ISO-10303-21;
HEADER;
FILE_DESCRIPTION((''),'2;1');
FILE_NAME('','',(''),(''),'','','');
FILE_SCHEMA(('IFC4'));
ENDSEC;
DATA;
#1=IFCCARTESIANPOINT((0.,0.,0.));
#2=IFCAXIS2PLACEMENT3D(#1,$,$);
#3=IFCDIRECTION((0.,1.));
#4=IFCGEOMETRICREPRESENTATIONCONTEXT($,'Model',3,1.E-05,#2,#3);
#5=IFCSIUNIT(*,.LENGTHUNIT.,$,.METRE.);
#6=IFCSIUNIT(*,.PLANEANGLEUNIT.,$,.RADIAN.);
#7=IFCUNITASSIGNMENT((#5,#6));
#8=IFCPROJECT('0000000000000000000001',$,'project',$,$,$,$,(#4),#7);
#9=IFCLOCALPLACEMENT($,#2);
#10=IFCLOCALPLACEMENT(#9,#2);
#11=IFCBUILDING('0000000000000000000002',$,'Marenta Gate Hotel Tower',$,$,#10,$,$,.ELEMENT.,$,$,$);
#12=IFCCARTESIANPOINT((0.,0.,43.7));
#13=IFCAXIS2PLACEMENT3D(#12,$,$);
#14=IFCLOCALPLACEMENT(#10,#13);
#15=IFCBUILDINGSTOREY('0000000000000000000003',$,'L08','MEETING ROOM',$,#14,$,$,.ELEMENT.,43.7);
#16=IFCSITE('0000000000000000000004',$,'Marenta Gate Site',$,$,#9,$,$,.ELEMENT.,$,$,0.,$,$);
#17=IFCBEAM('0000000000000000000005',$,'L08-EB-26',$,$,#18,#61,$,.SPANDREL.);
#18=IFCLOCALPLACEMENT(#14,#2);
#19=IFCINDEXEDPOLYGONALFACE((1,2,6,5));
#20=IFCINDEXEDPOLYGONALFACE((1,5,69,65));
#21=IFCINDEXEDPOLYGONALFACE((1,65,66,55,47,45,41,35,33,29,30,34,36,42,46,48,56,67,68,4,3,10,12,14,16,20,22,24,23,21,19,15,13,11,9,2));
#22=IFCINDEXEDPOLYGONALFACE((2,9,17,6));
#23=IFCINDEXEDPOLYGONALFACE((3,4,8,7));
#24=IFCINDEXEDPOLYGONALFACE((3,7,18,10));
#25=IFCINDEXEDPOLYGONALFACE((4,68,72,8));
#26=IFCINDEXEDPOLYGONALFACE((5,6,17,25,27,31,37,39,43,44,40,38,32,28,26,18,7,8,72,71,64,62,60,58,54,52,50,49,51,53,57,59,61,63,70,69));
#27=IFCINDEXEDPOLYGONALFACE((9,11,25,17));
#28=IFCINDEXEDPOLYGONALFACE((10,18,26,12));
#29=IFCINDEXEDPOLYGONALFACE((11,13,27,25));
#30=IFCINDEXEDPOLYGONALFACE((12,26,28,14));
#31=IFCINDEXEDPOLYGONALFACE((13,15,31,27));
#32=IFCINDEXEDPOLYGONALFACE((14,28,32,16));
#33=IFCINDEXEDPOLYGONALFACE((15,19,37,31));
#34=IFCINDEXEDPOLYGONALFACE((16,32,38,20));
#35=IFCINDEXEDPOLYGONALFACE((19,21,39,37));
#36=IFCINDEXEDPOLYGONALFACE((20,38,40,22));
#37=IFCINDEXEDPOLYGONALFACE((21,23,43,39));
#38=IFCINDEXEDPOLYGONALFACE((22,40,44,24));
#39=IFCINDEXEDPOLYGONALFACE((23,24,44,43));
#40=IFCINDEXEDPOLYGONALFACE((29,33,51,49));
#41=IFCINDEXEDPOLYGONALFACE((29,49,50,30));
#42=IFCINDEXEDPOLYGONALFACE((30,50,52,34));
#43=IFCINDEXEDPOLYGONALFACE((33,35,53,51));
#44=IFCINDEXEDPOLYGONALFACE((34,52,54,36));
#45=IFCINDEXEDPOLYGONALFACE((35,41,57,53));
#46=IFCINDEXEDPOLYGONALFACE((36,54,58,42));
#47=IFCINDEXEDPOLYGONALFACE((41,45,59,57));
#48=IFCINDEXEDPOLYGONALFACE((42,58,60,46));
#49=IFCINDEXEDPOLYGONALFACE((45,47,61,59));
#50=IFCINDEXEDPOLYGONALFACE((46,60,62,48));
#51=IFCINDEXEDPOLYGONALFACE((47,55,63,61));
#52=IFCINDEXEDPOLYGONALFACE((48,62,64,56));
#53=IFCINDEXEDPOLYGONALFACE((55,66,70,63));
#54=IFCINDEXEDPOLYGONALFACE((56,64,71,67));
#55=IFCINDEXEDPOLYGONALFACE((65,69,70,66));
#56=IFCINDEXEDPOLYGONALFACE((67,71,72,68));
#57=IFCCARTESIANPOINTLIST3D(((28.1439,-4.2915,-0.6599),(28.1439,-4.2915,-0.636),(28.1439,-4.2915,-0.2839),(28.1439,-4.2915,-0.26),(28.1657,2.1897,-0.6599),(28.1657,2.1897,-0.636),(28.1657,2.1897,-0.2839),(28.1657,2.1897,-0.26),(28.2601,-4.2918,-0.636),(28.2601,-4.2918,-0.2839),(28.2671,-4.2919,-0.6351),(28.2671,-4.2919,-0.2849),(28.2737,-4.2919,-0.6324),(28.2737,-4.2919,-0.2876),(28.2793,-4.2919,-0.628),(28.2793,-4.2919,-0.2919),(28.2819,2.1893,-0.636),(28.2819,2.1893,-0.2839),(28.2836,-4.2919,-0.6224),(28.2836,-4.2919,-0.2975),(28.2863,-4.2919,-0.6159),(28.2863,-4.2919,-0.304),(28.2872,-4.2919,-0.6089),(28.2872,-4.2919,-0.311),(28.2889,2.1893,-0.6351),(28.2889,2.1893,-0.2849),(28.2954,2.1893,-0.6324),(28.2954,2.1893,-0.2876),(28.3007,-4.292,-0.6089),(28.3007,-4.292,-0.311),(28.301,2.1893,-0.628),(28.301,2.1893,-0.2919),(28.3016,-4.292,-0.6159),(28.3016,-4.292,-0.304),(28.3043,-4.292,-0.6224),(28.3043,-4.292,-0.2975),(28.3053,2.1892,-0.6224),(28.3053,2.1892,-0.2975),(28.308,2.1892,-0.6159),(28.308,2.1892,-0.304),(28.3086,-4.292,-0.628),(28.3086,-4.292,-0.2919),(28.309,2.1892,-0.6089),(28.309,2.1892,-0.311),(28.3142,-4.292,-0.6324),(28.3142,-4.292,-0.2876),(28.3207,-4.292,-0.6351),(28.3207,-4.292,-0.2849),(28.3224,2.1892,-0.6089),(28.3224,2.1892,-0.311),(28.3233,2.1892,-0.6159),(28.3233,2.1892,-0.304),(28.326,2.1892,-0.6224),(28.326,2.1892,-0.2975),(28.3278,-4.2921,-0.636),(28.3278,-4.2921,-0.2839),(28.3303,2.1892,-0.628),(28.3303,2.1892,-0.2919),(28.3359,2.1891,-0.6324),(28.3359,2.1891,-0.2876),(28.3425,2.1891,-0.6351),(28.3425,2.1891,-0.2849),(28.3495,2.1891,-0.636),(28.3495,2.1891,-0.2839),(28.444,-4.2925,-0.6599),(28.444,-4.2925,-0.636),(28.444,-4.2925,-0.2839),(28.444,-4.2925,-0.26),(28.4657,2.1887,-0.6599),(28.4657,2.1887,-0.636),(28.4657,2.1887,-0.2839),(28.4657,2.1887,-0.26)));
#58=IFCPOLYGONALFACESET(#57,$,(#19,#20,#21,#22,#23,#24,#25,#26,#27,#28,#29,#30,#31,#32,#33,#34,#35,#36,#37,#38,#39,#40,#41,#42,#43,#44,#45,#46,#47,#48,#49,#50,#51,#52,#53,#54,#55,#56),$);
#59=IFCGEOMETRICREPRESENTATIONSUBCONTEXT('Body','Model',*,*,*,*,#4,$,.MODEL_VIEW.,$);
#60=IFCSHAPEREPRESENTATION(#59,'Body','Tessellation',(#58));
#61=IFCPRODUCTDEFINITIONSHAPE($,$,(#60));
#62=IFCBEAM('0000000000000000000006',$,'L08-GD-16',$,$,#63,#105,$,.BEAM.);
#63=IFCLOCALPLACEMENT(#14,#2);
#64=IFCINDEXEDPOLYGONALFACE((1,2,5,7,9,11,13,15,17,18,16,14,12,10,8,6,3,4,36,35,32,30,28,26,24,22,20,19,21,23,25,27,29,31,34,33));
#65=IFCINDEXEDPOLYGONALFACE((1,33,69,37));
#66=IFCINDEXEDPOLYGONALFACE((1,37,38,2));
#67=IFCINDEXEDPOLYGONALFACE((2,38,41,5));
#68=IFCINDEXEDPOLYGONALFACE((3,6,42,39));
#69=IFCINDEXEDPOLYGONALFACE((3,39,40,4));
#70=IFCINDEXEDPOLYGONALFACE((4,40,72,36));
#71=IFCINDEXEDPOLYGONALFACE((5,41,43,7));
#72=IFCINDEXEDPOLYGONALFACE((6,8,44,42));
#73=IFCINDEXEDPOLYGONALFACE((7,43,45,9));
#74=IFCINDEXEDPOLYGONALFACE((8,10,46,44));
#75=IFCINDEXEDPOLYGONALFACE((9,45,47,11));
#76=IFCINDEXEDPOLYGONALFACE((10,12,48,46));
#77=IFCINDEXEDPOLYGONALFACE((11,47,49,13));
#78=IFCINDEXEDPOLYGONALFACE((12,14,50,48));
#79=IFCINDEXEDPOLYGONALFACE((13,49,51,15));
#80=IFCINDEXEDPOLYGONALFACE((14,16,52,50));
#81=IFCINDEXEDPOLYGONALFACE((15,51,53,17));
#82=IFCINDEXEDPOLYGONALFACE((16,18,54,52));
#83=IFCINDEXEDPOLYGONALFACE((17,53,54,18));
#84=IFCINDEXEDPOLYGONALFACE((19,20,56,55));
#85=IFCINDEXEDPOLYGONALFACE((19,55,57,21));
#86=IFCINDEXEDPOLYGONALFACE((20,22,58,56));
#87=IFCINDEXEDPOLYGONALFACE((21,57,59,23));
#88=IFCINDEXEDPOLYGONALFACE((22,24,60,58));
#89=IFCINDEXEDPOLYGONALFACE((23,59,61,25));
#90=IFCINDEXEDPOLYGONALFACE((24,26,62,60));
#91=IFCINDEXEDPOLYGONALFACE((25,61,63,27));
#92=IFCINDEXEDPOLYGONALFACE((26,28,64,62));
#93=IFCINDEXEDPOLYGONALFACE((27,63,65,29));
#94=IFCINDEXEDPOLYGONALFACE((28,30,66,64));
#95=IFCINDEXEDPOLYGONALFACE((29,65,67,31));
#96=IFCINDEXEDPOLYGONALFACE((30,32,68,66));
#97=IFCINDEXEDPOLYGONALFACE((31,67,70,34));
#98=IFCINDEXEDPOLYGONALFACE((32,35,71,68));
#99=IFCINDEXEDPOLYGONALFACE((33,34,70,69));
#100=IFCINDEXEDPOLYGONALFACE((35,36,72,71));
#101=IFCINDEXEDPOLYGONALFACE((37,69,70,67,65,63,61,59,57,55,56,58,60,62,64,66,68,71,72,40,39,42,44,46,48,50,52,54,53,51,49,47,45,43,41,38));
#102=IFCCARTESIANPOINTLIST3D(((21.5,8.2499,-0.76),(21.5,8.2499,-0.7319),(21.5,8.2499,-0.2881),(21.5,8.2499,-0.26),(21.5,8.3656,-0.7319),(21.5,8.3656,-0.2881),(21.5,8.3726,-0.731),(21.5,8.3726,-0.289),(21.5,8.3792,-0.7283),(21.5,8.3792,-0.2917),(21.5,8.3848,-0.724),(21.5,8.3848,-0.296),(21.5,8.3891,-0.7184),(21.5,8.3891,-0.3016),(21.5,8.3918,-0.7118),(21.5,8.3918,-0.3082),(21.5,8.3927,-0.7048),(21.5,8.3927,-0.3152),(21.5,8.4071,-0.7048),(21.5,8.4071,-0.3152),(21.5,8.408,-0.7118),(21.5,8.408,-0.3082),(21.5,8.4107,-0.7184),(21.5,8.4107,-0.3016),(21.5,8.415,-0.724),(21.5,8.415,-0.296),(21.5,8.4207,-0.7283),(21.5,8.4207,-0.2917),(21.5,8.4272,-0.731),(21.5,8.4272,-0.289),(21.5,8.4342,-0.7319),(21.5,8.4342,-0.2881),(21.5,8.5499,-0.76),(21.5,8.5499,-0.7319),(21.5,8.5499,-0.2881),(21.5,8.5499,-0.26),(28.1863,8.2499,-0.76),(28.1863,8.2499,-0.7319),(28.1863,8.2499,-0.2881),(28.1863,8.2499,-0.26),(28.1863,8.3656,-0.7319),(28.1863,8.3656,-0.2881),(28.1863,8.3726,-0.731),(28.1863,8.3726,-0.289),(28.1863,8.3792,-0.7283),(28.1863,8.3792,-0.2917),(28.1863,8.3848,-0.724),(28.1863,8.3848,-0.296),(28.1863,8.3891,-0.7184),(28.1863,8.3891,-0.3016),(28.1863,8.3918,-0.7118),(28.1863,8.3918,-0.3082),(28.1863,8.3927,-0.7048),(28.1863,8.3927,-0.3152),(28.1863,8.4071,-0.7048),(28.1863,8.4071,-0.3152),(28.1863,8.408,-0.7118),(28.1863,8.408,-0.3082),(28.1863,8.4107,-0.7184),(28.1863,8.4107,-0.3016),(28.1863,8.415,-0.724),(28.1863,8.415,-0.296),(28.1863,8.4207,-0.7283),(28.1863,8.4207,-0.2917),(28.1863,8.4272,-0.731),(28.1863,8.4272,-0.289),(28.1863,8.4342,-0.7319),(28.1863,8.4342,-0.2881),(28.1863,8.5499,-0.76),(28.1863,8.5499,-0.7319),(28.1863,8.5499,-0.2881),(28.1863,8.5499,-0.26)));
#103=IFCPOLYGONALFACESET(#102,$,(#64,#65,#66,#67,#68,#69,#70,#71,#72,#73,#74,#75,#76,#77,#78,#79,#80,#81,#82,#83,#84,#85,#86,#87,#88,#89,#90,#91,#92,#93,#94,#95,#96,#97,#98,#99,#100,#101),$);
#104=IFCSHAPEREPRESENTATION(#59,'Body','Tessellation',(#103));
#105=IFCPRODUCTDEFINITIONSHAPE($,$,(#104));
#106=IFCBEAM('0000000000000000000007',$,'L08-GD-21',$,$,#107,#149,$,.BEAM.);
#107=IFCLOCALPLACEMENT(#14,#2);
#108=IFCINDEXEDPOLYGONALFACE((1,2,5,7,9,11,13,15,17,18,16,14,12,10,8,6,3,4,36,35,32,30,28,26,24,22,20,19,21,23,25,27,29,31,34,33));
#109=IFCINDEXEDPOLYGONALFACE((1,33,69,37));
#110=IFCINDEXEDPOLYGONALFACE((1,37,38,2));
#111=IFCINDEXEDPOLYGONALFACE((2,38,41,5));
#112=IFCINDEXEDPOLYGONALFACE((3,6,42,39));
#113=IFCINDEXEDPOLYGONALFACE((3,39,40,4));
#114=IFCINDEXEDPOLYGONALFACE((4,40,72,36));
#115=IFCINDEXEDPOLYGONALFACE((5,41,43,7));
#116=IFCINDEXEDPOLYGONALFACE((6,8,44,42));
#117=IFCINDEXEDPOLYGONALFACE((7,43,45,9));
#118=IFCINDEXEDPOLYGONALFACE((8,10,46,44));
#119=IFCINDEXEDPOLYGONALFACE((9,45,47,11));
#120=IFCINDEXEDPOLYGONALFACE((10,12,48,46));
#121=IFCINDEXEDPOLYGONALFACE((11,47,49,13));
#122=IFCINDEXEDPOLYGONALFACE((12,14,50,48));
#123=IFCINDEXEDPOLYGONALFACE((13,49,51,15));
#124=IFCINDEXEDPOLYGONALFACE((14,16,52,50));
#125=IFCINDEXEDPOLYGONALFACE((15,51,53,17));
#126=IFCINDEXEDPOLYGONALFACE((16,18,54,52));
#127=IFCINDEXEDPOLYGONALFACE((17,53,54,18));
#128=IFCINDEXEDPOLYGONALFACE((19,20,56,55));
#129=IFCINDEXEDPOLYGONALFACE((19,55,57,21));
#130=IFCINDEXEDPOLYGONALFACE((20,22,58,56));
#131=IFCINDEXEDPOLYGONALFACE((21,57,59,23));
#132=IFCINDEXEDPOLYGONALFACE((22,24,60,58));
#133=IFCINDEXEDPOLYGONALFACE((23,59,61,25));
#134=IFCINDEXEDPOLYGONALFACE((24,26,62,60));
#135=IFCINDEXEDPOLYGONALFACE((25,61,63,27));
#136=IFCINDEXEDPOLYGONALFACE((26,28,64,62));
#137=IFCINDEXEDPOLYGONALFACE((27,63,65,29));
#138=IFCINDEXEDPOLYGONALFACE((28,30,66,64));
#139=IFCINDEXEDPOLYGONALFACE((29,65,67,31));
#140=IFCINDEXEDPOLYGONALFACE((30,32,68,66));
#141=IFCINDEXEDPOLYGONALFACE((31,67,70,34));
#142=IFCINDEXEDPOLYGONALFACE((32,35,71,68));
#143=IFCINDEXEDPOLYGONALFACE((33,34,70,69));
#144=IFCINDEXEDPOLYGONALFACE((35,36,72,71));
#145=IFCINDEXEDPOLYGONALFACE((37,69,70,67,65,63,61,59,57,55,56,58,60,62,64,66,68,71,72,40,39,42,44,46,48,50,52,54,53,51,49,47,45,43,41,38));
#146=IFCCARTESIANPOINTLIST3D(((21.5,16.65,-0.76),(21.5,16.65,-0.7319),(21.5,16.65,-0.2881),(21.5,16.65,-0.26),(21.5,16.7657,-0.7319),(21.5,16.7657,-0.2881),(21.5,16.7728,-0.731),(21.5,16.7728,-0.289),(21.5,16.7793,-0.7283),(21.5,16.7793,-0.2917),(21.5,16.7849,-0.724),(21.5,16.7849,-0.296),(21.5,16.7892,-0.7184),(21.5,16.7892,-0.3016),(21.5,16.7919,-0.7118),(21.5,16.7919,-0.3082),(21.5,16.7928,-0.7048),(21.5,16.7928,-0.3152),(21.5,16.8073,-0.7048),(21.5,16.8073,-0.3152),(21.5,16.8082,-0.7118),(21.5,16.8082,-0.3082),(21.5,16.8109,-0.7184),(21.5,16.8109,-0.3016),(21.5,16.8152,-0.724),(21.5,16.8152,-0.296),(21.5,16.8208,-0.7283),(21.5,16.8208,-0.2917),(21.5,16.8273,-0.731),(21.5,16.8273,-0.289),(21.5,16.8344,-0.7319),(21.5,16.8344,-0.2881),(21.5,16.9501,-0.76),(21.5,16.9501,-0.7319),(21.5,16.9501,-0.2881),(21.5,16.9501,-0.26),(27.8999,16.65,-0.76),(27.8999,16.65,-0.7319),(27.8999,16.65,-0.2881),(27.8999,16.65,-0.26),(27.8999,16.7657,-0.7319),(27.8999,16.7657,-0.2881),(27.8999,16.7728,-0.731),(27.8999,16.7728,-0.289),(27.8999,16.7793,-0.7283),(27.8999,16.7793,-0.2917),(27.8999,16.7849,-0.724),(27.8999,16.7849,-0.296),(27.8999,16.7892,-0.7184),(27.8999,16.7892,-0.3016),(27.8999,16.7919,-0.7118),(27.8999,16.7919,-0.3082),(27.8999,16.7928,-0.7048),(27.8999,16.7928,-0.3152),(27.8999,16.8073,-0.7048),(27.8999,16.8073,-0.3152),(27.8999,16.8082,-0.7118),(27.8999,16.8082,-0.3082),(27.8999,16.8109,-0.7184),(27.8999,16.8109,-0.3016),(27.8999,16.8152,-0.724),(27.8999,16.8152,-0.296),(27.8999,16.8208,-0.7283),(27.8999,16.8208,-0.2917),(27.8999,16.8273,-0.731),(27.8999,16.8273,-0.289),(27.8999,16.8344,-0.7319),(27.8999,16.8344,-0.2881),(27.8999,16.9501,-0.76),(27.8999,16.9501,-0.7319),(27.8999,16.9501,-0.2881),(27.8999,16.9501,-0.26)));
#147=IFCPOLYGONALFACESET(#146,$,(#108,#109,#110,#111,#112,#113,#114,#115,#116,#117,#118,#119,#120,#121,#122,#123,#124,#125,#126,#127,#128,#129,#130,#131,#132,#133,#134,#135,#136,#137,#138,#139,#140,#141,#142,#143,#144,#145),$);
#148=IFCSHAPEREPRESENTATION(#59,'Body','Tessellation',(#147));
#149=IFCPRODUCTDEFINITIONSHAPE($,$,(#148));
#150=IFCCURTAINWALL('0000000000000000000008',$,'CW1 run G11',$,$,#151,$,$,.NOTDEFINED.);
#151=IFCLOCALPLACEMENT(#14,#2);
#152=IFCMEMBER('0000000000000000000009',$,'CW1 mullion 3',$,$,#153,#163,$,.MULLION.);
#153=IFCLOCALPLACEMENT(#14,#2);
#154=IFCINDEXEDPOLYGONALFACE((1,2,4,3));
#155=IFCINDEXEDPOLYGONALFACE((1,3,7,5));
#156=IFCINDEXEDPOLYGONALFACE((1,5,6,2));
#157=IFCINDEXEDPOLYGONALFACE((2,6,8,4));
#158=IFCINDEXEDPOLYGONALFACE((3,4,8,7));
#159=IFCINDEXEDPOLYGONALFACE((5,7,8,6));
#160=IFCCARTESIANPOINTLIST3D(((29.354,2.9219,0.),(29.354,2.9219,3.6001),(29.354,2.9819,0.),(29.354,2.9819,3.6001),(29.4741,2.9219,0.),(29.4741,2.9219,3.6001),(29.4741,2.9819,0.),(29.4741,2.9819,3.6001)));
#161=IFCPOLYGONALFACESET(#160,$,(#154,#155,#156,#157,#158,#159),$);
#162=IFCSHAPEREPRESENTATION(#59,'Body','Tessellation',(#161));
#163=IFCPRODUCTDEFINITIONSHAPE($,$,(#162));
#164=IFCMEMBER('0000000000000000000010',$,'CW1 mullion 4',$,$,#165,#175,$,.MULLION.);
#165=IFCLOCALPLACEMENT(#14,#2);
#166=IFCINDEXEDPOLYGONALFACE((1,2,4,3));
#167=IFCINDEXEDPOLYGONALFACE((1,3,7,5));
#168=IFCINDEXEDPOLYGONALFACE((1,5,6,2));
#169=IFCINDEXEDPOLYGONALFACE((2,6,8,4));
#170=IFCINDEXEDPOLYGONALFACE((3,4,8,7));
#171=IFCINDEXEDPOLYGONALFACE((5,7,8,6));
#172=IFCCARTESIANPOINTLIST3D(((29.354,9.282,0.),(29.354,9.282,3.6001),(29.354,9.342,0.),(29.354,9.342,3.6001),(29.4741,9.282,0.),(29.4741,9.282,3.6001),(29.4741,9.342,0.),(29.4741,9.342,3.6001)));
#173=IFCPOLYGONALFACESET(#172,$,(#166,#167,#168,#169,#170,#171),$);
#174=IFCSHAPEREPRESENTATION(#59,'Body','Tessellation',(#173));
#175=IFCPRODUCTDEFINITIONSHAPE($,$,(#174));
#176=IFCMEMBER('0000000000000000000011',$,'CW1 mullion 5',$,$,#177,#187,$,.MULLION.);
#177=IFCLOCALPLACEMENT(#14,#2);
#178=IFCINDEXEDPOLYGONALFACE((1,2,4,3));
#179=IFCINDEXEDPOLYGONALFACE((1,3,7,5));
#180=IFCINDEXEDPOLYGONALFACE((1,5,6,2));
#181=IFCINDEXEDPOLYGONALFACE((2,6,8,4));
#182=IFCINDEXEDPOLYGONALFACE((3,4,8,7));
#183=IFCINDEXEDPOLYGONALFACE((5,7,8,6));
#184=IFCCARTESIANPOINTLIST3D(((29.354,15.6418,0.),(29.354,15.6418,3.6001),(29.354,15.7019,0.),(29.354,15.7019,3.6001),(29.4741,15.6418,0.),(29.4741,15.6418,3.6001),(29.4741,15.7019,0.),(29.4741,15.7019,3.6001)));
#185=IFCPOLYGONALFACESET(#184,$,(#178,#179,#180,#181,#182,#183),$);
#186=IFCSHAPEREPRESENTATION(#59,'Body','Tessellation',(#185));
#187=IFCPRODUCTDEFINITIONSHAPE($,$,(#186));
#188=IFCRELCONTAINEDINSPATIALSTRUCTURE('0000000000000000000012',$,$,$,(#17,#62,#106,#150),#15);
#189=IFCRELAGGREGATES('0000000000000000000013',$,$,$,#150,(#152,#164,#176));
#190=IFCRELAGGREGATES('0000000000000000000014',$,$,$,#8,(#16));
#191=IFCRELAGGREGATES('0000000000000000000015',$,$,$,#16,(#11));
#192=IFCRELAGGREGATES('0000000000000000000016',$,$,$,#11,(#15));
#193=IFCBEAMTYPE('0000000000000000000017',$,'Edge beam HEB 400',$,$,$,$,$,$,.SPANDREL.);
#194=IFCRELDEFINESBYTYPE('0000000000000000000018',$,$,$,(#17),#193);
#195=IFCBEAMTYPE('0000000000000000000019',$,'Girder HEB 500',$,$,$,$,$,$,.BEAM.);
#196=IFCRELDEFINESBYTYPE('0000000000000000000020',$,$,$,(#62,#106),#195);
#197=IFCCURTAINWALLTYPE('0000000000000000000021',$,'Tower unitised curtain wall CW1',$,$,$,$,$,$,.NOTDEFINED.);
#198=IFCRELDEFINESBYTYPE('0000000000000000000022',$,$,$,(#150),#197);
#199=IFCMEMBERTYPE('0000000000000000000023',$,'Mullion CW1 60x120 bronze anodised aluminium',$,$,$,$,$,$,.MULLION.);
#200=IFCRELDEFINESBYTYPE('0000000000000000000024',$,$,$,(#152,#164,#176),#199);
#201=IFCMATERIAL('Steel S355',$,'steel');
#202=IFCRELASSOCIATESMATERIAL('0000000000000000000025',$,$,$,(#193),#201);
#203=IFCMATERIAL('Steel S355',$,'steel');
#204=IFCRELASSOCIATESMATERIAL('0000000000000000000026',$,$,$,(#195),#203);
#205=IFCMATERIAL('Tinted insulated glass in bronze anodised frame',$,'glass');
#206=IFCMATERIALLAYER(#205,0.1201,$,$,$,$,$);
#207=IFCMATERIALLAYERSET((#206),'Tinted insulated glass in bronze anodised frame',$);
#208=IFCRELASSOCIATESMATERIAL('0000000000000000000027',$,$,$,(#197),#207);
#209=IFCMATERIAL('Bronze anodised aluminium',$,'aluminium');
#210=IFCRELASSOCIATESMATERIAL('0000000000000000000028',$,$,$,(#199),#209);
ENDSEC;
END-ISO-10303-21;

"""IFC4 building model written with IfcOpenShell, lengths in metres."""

from ifc_helpers import new_model, si_unit, direction, frame, origin, origin_2d, place, context, subcontext, project, spatial, rectangle, i_section, extrude, material, layer, layer_set, material_profile, profile_set, type_object, element, aggregate, save


model = new_model("IFC4")

# Units and contexts
model_context = context("Model", 3, precision=1e-05, world=origin(), true_north=direction((0.0, 1.0)))
body_context = subcontext(model_context, "Body", "Model", "MODEL_VIEW")
ifc_project = project(units=[si_unit("LENGTHUNIT", "METRE"), si_unit("PLANEANGLEUNIT", "RADIAN")], contexts=[model_context])

# Site, building, storey
site_placement = place(None, origin())
site = spatial("IfcSite", under=ifc_project, at=site_placement, Name="Marenta Gate Site", CompositionType="ELEMENT", RefElevation=0.0)
building_placement = place(site_placement, origin())
building = spatial("IfcBuilding", under=site, at=building_placement, Name="Marenta Gate Hotel Tower", CompositionType="ELEMENT")
storey_placement = place(building_placement, frame((0.0, 0.0, 43.7)))
storey = spatial("IfcBuildingStorey", under=building, at=storey_placement, Name="L08", Description="MEETING ROOM", CompositionType="ELEMENT", Elevation=43.7)

# Beams
ifc_material_1 = material(Name="Steel S355", Category="steel")
ifc_material_profile_1 = material_profile(ifc_material_1, i_section(OverallWidth=0.3, OverallDepth=0.3999, WebThickness=0.0134, FlangeThickness=0.0239, FilletRadius=0.0271, at=origin_2d()), Name="HEB 400")
ifc_profile_set_1 = profile_set([ifc_material_profile_1], Name="Steel S355")
beam_type_1 = type_object("IfcBeamType", Name="Edge beam HEB 400", PredefinedType="SPANDREL", material=ifc_profile_set_1)
beam_1_placement = place(storey_placement, frame((28.3157, 2.1892, -0.46), z_axis=(-0.003353, -0.999994, 0.0), x_axis=(0.999994, -0.003353, 0.0)))
element("IfcBeam", 1, at=beam_1_placement, inside=storey, type_object=beam_type_1, Name="L08-EB-26", PredefinedType="SPANDREL", context=body_context, shape_type="SweptSolid", body=[
    extrude(i_section(OverallWidth=0.3, OverallDepth=0.3999, WebThickness=0.0134, FlangeThickness=0.0239, FilletRadius=0.0271, at=origin_2d()), origin(), (0.0, 0.0, 1.0), 6.4812),
])
ifc_material_2 = material(Name="Steel S355", Category="steel")
ifc_material_profile_2 = material_profile(ifc_material_2, i_section(OverallWidth=0.3, OverallDepth=0.5, WebThickness=0.0144, FlangeThickness=0.0281, FilletRadius=0.0271, at=origin_2d()), Name="HEB 500")
ifc_profile_set_2 = profile_set([ifc_material_profile_2], Name="Steel S355")
beam_type_2 = type_object("IfcBeamType", Name="Girder HEB 500", PredefinedType="BEAM", material=ifc_profile_set_2)
beam_2_placement = place(storey_placement, frame((21.5, 8.3999, -0.51), z_axis=(1.0, 0.0, 0.0), x_axis=(0.0, 1.0, 0.0)))
element("IfcBeam", 2, at=beam_2_placement, inside=storey, type_object=beam_type_2, Name="L08-GD-16", PredefinedType="BEAM", context=body_context, shape_type="SweptSolid", body=[
    extrude(i_section(OverallWidth=0.3, OverallDepth=0.5, WebThickness=0.0144, FlangeThickness=0.0281, FilletRadius=0.0271, at=origin_2d()), origin(), (0.0, 0.0, 1.0), 6.6863),
])
beam_3_placement = place(storey_placement, frame((21.5, 16.8, -0.51), z_axis=(1.0, 0.0, 0.0), x_axis=(0.0, 1.0, 0.0)))
element("IfcBeam", 3, at=beam_3_placement, inside=storey, type_object=beam_type_2, Name="L08-GD-21", PredefinedType="BEAM", context=body_context, shape_type="SweptSolid", body=[
    extrude(i_section(OverallWidth=0.3, OverallDepth=0.5, WebThickness=0.0144, FlangeThickness=0.0281, FilletRadius=0.0271, at=origin_2d()), origin(), (0.0, 0.0, 1.0), 6.3999),
])

# Curtain wall, members
ifc_material_3 = material(Name="Tinted insulated glass in bronze anodised frame", Category="glass")
ifc_layer_1 = layer(ifc_material_3, 0.1201)
ifc_layer_set_1 = layer_set([ifc_layer_1], Name="Tinted insulated glass in bronze anodised frame")
curtain_wall_type = type_object("IfcCurtainWallType", Name="Tower unitised curtain wall CW1", PredefinedType="NOTDEFINED", material=ifc_layer_set_1)
curtain_wall_placement = place(storey_placement, origin())
curtain_wall = element("IfcCurtainWall", 4, at=curtain_wall_placement, inside=storey, type_object=curtain_wall_type, Name="CW1 run G11", PredefinedType="NOTDEFINED")
ifc_material_4 = material(Name="Bronze anodised aluminium", Category="aluminium")
ifc_material_profile_3 = material_profile(ifc_material_4, rectangle(XDim=0.1201, YDim=0.0601, at=origin_2d()), Name="Mullion CW1 60x120 bronze anodised aluminium")
ifc_profile_set_3 = profile_set([ifc_material_profile_3], Name="Bronze anodised aluminium")
member_type_1 = type_object("IfcMemberType", Name="Mullion CW1 60x120 bronze anodised aluminium", PredefinedType="MULLION", material=ifc_profile_set_3)
member_1_placement = place(storey_placement, frame((29.4141, 2.9519, 0.0), z_axis=(0.0, 0.0, 1.0), x_axis=(-1.0, 0.0, 0.0)))
member_1 = element("IfcMember", 5, at=member_1_placement, type_object=member_type_1, Name="CW1 mullion 3", PredefinedType="MULLION", context=body_context, shape_type="SweptSolid", body=[
    extrude(rectangle(XDim=0.1201, YDim=0.0601, at=origin_2d()), origin(), (0.0, 0.0, 1.0), 3.6001),
])
member_2_placement = place(storey_placement, frame((29.4141, 9.312, 0.0), z_axis=(0.0, 0.0, 1.0), x_axis=(-1.0, 0.0, 0.0)))
member_2 = element("IfcMember", 6, at=member_2_placement, type_object=member_type_1, Name="CW1 mullion 4", PredefinedType="MULLION", context=body_context, shape_type="SweptSolid", body=[
    extrude(rectangle(XDim=0.1201, YDim=0.0601, at=origin_2d()), origin(), (0.0, 0.0, 1.0), 3.6001),
])
member_3_placement = place(storey_placement, frame((29.4141, 15.6719, 0.0), z_axis=(0.0, 0.0, 1.0), x_axis=(-1.0, 0.0, 0.0)))
member_3 = element("IfcMember", 7, at=member_3_placement, type_object=member_type_1, Name="CW1 mullion 5", PredefinedType="MULLION", context=body_context, shape_type="SweptSolid", body=[
    extrude(rectangle(XDim=0.1201, YDim=0.0601, at=origin_2d()), origin(), (0.0, 0.0, 1.0), 3.6001),
])
aggregate(curtain_wall, [member_1, member_2, member_3])

save(model, "model.ifc")
